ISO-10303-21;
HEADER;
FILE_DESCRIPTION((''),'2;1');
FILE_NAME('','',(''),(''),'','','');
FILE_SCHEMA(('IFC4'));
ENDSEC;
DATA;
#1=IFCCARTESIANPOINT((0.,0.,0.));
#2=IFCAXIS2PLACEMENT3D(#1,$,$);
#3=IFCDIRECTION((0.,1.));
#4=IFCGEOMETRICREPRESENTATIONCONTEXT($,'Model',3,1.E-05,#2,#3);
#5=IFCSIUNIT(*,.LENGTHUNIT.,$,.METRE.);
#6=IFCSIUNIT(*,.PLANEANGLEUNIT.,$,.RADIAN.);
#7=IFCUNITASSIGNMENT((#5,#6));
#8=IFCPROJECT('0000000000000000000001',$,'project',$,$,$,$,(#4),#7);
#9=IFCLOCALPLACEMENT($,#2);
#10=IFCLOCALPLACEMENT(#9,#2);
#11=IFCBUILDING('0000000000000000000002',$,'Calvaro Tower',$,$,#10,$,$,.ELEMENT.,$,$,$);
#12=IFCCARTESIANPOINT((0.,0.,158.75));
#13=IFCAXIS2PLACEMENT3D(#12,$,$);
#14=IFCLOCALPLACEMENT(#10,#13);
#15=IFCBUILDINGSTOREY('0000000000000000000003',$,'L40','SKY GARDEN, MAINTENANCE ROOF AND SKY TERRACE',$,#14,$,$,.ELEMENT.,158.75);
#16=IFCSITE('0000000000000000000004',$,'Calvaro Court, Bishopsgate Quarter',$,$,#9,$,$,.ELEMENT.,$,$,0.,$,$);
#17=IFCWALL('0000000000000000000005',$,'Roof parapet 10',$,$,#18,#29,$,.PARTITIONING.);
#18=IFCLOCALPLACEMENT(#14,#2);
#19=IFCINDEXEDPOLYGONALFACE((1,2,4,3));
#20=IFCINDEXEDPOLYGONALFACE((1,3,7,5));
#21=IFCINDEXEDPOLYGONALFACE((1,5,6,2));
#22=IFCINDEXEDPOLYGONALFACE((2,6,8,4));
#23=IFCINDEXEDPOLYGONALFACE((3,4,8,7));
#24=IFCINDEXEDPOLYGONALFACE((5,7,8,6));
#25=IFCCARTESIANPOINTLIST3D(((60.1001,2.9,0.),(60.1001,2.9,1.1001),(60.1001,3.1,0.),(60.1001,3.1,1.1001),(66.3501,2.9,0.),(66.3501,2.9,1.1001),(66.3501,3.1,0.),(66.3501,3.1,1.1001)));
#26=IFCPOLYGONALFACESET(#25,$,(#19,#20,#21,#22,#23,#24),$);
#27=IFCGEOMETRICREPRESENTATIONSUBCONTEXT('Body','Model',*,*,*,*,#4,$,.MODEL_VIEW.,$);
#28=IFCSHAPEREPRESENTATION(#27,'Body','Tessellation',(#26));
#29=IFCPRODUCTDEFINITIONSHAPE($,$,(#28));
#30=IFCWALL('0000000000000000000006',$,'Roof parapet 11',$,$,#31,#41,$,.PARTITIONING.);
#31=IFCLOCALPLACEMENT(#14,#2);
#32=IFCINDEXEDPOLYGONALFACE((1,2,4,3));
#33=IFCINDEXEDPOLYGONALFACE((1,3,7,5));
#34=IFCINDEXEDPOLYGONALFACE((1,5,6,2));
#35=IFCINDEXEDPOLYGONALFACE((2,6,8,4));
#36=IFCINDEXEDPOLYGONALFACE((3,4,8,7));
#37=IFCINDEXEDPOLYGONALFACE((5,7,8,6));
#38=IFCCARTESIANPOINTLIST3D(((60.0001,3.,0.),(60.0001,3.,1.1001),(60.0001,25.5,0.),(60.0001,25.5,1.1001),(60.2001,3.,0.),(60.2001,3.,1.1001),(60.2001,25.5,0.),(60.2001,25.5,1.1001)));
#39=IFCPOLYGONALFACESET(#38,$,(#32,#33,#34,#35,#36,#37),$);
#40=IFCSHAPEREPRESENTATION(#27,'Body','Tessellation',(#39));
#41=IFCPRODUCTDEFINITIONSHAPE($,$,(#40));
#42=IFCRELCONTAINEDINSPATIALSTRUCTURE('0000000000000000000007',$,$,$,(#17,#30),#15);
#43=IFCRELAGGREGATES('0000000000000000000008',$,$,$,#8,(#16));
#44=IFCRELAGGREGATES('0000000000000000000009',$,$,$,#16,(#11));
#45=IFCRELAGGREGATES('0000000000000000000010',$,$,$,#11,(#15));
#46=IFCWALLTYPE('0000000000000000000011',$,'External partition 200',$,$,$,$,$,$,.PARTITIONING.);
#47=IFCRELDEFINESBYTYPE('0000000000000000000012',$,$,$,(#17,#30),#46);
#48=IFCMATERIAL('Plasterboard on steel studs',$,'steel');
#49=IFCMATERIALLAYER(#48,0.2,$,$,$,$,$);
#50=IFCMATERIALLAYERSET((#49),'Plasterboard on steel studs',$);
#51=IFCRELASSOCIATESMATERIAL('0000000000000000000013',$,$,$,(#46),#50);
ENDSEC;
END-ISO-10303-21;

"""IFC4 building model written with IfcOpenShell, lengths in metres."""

from ifc_helpers import new_model, si_unit, direction, frame, frame_2d, origin, place, context, subcontext, project, spatial, rectangle, extrude, material, layer, layer_set, type_object, element, save


model = new_model("IFC4")

# Units and contexts
model_context = context("Model", 3, precision=1e-05, world=origin(), true_north=direction((0.0, 1.0)))
body_context = subcontext(model_context, "Body", "Model", "MODEL_VIEW")
ifc_project = project(units=[si_unit("LENGTHUNIT", "METRE"), si_unit("PLANEANGLEUNIT", "RADIAN")], contexts=[model_context])

# Site, building, storey
site_placement = place(None, origin())
site = spatial("IfcSite", under=ifc_project, at=site_placement, Name="Calvaro Court, Bishopsgate Quarter", CompositionType="ELEMENT", RefElevation=0.0)
building_placement = place(site_placement, origin())
building = spatial("IfcBuilding", under=site, at=building_placement, Name="Calvaro Tower", CompositionType="ELEMENT")
storey_placement = place(building_placement, frame((0.0, 0.0, 158.75)))
storey = spatial("IfcBuildingStorey", under=building, at=storey_placement, Name="L40", Description="SKY GARDEN, MAINTENANCE ROOF AND SKY TERRACE", CompositionType="ELEMENT", Elevation=158.75)

# Walls
ifc_material_1 = material(Name="Plasterboard on steel studs", Category="steel")
ifc_layer = layer(ifc_material_1, 0.2)
ifc_layer_set = layer_set([ifc_layer], Name="Plasterboard on steel studs")
wall_type = type_object("IfcWallType", Name="External partition 200", PredefinedType="PARTITIONING", material=ifc_layer_set)
wall_1_placement = place(storey_placement, frame((66.3501, 3.0, 0.0), z_axis=(0.0, 0.0, 1.0), x_axis=(-1.0, 0.0, 0.0)))
element("IfcWall", 1, at=wall_1_placement, inside=storey, type_object=wall_type, Name="Roof parapet 10", PredefinedType="PARTITIONING", context=body_context, shape_type="SweptSolid", body=[
    extrude(rectangle(XDim=6.25, YDim=0.2, at=frame_2d((3.125, 0.0))), origin(), (0.0, 0.0, 1.0), 1.1001),
])
wall_2_placement = place(storey_placement, frame((60.1001, 3.0, 0.0), z_axis=(0.0, 0.0, 1.0), x_axis=(0.0, 1.0, 0.0)))
element("IfcWall", 2, at=wall_2_placement, inside=storey, type_object=wall_type, Name="Roof parapet 11", PredefinedType="PARTITIONING", context=body_context, shape_type="SweptSolid", body=[
    extrude(rectangle(XDim=22.5, YDim=0.2, at=frame_2d((11.25, 0.0))), origin(), (0.0, 0.0, 1.0), 1.1001),
])

save(model, "model.ifc")
